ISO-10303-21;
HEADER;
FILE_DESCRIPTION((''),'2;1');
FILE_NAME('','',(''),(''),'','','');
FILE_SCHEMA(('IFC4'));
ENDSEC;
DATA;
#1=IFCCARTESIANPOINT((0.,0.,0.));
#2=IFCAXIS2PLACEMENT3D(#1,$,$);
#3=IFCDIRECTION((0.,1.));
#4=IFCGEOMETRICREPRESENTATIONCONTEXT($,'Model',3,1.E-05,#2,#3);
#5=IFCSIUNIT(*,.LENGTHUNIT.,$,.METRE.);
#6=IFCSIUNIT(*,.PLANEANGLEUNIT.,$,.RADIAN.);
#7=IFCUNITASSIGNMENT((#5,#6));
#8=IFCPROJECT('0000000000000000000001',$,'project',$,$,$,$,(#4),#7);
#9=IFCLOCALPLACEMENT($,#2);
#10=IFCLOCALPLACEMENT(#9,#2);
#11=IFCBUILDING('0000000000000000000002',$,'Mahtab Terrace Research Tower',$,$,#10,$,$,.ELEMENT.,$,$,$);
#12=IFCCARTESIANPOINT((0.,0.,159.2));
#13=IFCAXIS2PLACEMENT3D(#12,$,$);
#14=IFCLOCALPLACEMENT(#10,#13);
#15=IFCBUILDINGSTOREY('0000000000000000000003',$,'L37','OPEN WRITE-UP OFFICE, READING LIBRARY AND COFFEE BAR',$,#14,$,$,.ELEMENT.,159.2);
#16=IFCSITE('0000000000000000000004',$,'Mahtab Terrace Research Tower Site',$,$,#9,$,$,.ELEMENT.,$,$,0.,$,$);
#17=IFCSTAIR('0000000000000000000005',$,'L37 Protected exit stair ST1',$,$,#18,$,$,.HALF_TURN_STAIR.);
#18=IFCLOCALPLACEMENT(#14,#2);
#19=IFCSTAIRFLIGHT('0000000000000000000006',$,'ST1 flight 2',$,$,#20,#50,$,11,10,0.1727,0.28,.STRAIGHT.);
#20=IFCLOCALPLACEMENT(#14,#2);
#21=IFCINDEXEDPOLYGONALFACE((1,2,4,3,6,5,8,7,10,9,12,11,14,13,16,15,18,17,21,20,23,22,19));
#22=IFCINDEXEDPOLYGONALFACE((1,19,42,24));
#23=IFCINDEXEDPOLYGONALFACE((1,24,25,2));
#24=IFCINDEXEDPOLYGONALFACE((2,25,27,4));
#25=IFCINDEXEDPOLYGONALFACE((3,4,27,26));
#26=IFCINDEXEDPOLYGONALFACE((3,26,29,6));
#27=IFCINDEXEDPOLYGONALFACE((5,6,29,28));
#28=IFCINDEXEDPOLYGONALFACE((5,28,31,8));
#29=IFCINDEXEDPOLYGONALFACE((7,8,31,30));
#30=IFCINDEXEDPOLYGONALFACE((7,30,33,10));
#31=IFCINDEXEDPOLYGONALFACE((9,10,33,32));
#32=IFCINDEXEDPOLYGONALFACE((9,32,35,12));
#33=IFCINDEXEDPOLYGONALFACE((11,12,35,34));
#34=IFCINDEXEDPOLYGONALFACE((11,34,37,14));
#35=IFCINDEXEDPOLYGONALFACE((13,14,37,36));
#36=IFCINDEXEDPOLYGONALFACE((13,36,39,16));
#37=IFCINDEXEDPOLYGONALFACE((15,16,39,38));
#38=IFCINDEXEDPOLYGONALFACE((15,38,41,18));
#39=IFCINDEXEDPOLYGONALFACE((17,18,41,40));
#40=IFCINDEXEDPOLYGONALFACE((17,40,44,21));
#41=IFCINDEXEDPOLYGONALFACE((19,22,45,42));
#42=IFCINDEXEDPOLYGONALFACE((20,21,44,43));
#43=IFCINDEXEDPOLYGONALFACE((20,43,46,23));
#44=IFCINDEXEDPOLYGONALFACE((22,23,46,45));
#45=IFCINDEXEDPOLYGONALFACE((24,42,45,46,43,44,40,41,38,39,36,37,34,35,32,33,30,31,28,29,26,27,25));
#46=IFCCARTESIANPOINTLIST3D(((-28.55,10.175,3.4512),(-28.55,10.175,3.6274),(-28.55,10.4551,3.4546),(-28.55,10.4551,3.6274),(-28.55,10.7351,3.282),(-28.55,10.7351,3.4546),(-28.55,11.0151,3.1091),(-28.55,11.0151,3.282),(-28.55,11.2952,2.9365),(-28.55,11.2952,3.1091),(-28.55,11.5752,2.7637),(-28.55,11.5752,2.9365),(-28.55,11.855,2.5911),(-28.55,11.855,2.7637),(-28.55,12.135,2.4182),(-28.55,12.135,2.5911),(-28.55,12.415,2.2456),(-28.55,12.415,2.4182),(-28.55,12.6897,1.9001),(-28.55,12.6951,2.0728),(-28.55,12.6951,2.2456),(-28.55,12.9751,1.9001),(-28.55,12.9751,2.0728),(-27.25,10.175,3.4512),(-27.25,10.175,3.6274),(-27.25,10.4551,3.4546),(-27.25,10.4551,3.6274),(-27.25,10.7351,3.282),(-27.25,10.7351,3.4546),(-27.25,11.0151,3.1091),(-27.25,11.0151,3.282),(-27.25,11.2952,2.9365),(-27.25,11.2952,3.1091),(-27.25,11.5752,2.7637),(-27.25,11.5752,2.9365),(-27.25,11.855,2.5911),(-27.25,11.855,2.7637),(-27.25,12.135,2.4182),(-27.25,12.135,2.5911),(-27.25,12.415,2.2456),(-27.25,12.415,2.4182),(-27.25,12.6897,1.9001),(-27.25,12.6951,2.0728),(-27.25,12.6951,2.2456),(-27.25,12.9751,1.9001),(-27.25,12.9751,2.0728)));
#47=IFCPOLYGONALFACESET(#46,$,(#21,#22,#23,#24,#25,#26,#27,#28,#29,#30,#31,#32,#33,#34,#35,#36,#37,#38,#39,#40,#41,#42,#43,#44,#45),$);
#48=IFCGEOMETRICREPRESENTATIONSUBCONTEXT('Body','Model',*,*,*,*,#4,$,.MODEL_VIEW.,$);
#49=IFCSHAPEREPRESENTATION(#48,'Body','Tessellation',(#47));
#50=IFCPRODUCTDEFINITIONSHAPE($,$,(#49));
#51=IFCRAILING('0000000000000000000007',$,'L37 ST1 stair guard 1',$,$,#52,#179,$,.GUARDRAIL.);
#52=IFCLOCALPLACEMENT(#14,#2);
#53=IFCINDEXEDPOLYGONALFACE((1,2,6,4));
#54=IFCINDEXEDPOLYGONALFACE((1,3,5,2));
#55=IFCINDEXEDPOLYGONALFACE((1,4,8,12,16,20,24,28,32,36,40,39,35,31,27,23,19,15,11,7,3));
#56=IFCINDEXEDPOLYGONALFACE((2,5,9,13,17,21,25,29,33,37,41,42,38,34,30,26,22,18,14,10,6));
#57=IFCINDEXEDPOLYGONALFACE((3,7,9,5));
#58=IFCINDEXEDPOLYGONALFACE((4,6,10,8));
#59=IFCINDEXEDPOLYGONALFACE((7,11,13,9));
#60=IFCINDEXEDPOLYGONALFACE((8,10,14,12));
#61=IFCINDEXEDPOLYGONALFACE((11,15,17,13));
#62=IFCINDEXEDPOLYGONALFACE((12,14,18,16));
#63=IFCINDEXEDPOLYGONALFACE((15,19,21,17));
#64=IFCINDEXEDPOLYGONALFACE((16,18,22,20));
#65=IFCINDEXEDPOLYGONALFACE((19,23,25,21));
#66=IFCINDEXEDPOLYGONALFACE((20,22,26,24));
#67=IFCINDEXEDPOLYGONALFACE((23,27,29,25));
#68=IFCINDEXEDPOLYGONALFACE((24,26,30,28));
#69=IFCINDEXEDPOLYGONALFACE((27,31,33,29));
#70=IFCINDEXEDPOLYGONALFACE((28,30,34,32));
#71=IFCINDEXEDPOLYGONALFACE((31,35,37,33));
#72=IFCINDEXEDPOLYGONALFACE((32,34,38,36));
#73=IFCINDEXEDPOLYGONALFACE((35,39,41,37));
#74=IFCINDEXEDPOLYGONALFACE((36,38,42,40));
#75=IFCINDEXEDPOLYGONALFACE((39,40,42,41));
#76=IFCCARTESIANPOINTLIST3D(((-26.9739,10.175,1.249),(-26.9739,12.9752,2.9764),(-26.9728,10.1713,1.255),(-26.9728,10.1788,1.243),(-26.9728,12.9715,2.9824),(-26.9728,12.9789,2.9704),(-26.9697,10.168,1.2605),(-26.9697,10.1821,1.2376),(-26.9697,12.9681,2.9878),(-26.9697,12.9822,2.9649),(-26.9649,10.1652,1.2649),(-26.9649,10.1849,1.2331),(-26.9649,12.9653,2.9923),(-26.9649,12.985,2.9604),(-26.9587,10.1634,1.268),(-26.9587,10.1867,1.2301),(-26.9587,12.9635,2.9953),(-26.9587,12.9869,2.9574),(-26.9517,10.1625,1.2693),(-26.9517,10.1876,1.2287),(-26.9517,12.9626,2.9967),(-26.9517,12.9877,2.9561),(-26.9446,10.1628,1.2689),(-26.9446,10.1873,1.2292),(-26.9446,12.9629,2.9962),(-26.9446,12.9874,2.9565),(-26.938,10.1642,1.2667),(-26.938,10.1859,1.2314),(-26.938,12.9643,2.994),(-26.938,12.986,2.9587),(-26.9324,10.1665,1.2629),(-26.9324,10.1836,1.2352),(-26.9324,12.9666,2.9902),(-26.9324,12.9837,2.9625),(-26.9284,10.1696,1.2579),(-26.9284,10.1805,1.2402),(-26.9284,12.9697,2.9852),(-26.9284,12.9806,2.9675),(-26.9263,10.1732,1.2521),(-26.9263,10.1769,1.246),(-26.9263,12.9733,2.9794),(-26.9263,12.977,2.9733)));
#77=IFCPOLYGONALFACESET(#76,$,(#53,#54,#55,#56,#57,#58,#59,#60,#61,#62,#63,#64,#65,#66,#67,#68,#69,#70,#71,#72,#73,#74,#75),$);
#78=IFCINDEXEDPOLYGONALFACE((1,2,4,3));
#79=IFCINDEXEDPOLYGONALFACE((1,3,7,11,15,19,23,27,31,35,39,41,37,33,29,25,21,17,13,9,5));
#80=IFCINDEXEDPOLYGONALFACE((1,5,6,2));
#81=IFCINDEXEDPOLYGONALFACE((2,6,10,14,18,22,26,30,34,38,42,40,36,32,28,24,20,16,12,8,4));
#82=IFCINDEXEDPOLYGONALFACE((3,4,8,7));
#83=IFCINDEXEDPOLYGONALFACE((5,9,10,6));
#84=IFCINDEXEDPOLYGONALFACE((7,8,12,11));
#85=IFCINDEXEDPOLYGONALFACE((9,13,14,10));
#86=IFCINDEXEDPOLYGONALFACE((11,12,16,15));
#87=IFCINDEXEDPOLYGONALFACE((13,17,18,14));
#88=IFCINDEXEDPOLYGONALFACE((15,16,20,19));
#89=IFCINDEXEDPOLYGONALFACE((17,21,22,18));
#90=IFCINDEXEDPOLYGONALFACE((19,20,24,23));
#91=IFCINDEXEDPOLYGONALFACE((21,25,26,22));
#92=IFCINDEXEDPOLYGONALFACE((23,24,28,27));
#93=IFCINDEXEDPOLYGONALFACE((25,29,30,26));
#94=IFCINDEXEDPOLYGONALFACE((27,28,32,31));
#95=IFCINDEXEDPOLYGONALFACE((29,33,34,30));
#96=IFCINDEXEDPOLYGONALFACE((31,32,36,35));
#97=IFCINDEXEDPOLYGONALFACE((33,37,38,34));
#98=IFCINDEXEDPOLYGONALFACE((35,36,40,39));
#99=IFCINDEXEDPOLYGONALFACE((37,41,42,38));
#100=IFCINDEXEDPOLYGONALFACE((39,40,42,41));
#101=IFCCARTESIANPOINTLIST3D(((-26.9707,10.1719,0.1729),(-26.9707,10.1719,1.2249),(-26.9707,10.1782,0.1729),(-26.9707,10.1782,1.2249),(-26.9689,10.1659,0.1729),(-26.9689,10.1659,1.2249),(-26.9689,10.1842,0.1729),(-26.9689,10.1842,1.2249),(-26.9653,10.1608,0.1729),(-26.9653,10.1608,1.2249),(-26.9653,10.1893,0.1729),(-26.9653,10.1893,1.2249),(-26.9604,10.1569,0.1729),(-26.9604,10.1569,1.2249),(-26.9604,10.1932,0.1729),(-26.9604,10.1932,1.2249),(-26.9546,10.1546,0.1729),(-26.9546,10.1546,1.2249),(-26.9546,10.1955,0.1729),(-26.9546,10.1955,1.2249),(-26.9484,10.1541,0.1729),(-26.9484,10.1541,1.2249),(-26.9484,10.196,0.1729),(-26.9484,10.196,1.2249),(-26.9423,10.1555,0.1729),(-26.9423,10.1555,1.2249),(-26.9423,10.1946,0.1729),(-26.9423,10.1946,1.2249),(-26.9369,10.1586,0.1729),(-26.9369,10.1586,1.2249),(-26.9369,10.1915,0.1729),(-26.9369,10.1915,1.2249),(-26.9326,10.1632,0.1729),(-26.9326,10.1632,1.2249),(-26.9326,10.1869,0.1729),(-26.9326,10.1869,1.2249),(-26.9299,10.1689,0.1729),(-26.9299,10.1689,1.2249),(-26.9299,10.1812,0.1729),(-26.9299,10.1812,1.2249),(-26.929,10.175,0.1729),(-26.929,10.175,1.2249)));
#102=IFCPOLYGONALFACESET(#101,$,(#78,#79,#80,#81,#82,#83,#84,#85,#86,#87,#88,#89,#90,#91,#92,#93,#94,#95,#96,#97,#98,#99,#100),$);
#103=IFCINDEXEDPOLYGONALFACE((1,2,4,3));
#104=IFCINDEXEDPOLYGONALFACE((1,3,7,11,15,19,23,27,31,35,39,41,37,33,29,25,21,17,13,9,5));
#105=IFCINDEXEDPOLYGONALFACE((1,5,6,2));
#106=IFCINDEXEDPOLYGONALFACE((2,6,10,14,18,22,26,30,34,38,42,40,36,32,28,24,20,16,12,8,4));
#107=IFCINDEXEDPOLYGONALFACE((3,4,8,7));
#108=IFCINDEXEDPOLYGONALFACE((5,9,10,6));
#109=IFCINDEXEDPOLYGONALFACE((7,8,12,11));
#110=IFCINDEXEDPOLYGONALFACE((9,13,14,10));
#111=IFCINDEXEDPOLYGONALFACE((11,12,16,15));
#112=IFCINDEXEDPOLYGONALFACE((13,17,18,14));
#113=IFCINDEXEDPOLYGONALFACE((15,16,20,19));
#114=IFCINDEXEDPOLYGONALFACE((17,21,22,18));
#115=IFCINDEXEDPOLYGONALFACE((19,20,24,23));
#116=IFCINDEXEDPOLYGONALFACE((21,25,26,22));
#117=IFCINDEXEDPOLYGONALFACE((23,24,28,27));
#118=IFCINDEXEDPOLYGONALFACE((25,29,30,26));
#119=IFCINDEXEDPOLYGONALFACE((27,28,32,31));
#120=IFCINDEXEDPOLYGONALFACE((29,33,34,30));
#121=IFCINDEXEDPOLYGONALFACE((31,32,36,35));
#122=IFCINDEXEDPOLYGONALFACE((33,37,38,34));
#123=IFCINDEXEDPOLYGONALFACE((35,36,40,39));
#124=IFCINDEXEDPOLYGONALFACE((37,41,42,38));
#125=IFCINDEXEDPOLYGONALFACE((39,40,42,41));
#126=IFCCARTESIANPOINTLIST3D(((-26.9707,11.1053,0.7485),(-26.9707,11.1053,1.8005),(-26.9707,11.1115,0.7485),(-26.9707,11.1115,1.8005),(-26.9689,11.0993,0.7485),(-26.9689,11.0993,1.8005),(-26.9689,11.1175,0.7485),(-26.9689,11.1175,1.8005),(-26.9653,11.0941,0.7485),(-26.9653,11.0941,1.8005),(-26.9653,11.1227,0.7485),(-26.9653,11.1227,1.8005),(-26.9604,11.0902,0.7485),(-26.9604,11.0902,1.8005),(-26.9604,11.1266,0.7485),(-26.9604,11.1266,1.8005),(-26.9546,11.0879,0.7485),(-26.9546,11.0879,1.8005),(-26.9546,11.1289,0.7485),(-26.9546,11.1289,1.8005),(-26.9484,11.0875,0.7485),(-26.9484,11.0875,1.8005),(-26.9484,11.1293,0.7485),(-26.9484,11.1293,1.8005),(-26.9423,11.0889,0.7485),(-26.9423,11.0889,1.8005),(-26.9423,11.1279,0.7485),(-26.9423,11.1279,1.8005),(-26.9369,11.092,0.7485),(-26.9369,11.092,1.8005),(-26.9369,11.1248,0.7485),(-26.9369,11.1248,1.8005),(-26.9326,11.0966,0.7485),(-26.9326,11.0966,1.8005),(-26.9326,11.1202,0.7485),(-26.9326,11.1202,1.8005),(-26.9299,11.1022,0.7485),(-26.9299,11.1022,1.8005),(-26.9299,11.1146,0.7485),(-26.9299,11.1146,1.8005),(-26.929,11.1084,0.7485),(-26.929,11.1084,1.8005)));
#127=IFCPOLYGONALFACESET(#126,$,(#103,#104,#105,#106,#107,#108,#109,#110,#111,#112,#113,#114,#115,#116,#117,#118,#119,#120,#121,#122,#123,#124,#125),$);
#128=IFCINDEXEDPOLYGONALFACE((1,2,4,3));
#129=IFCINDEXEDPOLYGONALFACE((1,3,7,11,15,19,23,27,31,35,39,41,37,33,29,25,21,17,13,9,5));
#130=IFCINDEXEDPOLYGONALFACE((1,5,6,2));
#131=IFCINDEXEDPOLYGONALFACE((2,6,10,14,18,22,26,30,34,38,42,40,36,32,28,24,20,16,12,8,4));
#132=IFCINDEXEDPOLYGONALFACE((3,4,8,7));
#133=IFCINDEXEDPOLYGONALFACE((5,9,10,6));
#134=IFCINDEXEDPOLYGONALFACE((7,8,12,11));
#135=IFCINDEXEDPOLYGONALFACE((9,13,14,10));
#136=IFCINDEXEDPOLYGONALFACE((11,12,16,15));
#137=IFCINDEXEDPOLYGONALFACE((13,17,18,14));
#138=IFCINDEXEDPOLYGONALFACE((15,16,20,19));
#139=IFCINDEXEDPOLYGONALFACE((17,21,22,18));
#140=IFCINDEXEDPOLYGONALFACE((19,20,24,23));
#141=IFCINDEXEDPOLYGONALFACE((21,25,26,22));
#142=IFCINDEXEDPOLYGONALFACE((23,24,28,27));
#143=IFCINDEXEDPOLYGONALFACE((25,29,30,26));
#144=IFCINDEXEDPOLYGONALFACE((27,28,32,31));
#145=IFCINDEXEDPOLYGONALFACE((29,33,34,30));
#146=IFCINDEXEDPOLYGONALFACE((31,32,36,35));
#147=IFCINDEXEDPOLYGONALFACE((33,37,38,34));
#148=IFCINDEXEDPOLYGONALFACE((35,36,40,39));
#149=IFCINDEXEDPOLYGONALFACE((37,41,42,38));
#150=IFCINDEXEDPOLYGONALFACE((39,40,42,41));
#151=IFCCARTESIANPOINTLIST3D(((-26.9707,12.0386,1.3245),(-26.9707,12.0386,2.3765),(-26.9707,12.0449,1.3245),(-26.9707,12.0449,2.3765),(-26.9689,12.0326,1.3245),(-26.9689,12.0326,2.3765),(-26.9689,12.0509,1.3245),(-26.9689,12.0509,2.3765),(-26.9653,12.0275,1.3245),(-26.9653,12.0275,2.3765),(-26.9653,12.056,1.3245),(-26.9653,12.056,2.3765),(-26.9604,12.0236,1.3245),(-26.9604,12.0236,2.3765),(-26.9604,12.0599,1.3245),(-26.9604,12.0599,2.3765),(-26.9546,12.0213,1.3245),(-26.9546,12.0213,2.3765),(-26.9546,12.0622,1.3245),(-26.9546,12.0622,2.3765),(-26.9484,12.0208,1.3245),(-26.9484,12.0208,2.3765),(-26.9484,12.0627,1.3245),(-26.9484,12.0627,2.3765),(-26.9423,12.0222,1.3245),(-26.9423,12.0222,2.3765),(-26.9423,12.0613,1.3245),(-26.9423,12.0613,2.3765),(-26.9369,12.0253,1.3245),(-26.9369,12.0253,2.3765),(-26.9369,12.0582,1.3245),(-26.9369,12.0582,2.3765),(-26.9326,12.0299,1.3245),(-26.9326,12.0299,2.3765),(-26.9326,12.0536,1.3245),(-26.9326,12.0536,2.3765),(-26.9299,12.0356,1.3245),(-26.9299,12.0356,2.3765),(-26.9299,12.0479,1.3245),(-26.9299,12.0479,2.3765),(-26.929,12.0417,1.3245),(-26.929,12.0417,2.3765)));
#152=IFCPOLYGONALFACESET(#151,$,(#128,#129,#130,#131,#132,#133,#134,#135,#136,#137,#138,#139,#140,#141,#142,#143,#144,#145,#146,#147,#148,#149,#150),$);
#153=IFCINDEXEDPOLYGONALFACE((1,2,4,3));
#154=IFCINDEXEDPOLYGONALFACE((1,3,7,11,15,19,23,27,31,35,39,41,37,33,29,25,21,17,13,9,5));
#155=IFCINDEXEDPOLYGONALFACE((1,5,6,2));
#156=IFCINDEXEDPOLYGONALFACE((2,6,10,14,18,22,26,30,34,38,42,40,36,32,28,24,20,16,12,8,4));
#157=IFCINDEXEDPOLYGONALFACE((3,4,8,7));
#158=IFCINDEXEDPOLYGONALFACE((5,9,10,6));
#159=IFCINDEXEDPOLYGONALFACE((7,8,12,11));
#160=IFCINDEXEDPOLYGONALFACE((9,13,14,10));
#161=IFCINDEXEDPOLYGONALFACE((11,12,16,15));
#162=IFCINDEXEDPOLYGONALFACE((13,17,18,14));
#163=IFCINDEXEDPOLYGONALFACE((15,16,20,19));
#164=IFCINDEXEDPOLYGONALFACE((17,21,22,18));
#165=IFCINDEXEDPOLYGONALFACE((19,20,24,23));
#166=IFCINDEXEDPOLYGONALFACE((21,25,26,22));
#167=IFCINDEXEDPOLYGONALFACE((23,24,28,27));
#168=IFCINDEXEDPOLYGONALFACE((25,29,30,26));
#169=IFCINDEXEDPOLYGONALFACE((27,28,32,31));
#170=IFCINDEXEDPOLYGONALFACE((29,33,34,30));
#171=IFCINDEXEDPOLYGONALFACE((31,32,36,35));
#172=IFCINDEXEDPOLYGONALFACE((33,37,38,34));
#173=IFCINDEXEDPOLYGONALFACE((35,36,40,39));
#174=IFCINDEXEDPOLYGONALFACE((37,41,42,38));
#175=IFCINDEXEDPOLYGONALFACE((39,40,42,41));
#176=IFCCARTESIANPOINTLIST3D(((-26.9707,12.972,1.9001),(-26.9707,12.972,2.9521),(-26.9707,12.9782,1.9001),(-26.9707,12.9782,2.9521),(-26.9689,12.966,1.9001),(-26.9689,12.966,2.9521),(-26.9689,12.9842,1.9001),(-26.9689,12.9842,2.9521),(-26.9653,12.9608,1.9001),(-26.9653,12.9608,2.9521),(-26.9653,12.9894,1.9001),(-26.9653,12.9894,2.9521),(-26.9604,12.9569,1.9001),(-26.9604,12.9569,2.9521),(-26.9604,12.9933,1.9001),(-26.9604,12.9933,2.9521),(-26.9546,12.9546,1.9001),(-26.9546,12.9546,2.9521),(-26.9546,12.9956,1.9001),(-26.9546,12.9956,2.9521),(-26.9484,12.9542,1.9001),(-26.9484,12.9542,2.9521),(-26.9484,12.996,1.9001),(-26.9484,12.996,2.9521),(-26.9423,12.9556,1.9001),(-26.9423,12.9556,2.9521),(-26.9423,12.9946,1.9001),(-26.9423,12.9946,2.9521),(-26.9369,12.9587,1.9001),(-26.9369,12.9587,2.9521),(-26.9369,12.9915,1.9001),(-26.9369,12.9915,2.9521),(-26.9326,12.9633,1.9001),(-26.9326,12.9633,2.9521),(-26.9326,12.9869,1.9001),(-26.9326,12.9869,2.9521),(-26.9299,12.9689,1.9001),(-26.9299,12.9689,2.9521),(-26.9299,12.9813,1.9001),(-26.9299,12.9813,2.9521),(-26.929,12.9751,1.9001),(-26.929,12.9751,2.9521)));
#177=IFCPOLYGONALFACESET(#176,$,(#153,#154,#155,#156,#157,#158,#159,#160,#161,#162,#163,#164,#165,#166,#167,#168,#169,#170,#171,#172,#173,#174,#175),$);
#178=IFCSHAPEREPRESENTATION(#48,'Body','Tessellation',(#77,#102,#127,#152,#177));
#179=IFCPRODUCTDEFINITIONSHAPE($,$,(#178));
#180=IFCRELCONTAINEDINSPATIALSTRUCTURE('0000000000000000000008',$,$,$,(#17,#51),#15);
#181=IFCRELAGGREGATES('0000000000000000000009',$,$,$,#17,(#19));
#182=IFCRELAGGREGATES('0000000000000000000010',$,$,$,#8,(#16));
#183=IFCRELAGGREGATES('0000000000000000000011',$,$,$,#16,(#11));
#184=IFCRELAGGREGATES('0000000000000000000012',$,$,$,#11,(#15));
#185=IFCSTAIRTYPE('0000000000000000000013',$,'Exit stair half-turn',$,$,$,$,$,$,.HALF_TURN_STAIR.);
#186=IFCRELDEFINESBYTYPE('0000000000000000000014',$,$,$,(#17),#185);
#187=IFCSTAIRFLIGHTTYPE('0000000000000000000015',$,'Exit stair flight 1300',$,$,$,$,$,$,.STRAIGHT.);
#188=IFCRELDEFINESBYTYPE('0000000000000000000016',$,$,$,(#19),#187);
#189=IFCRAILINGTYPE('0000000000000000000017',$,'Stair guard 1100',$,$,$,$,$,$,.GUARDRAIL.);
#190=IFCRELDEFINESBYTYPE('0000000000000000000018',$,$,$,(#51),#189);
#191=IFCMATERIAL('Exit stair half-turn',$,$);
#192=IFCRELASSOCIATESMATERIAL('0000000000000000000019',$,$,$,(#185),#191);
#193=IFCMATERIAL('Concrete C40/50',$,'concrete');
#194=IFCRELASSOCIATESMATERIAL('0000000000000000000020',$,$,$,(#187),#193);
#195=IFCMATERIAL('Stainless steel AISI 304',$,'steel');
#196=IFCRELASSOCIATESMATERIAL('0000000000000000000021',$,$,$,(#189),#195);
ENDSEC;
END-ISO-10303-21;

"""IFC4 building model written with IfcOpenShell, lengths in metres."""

from ifc_helpers import new_model, si_unit, direction, frame, origin, origin_2d, place, context, subcontext, project, spatial, polyline, circle, outline, extrude, material, type_object, element, aggregate, save


model = new_model("IFC4")

# Units and contexts
model_context = context("Model", 3, precision=1e-05, world=origin(), true_north=direction((0.0, 1.0)))
body_context = subcontext(model_context, "Body", "Model", "MODEL_VIEW")
ifc_project = project(units=[si_unit("LENGTHUNIT", "METRE"), si_unit("PLANEANGLEUNIT", "RADIAN")], contexts=[model_context])

# Site, building, storey
site_placement = place(None, origin())
site = spatial("IfcSite", under=ifc_project, at=site_placement, Name="Mahtab Terrace Research Tower Site", CompositionType="ELEMENT", RefElevation=0.0)
building_placement = place(site_placement, origin())
building = spatial("IfcBuilding", under=site, at=building_placement, Name="Mahtab Terrace Research Tower", CompositionType="ELEMENT")
storey_placement = place(building_placement, frame((0.0, 0.0, 159.2)))
storey = spatial("IfcBuildingStorey", under=building, at=storey_placement, Name="L37", Description="OPEN WRITE-UP OFFICE, READING LIBRARY AND COFFEE BAR", CompositionType="ELEMENT", Elevation=159.2)

# Stair, stair flight
ifc_material_1 = material(Name="Exit stair half-turn")
stair_type = type_object("IfcStairType", Name="Exit stair half-turn", PredefinedType="HALF_TURN_STAIR", material=ifc_material_1)
stair_placement = place(storey_placement, origin())
stair = element("IfcStair", 1, at=stair_placement, inside=storey, type_object=stair_type, Name="L37 Protected exit stair ST1", PredefinedType="HALF_TURN_STAIR")
ifc_material_2 = material(Name="Concrete C40/50", Category="concrete")
stair_flight_type = type_object("IfcStairFlightType", Name="Exit stair flight 1300", PredefinedType="STRAIGHT", material=ifc_material_2)
stair_flight_1_placement = place(storey_placement, frame((-27.8999, 12.9751, 1.9001), z_axis=(0.0, 0.0, 1.0), x_axis=(0.0, -1.0, 0.0)))
stair_flight_1 = element("IfcStairFlight", 2, at=stair_flight_1_placement, type_object=stair_flight_type, Name="ST1 flight 2", NumberOfRisers=11, NumberOfTreads=10, PredefinedType="STRAIGHT", RiserHeight=0.1727, TreadLength=0.28, context=body_context, shape_type="SweptSolid", body=[
    extrude(outline(polyline([(0.0, 0.0), (0.0, 0.1726), (0.28, 0.1726), (0.28, 0.3455), (0.5601, 0.3455), (0.5601, 0.5181), (0.8401, 0.5181), (0.8401, 0.6909), (1.1201, 0.6909), (1.1201, 0.8635), (1.3999, 0.8635), (1.3999, 1.0364), (1.6799, 1.0364), (1.6799, 1.209), (1.96, 1.209), (1.96, 1.3818), (2.24, 1.3818), (2.24, 1.5544), (2.52, 1.5544), (2.52, 1.7273), (2.8, 1.7273), (2.8, 1.8999), (2.8, 1.551), (0.2854, 0.0), (0.0, 0.0)])), frame((0.0, 0.6499, 0.0), z_axis=(0.0, -1.0, 0.0), x_axis=(1.0, 0.0, 0.0)), (0.0, 0.0, 1.0), 1.3),
])
aggregate(stair, [stair_flight_1])

# Railing
ifc_material_3 = material(Name="Stainless steel AISI 304", Category="steel")
railing_type_1 = type_object("IfcRailingType", Name="Stair guard 1100", PredefinedType="GUARDRAIL", material=ifc_material_3)
railing_1_placement = place(storey_placement, frame((-26.95, 10.175, 0.1729)))
element("IfcRailing", 3, at=railing_1_placement, inside=storey, type_object=railing_type_1, Name="L37 ST1 stair guard 1", PredefinedType="GUARDRAIL", context=body_context, shape_type="SweptSolid", body=[
    extrude(circle(Radius=0.0239, at=origin_2d()), frame((0.0, 0.0, 1.0762), z_axis=(0.0, 0.85109, 0.52502), x_axis=(-1.0, 0.0, 0.0)), (0.0, 0.0, 1.0), 3.29),
    extrude(circle(Radius=0.021, at=origin_2d()), origin(), (0.0, 0.0, 1.0), 1.052),
    extrude(circle(Radius=0.021, at=origin_2d()), frame((0.0, 0.9333, 0.5757)), (0.0, 0.0, 1.0), 1.052),
    extrude(circle(Radius=0.021, at=origin_2d()), frame((0.0, 1.8667, 1.1516)), (0.0, 0.0, 1.0), 1.052),
    extrude(circle(Radius=0.021, at=origin_2d()), frame((0.0, 2.8, 1.7273)), (0.0, 0.0, 1.0), 1.052),
])

save(model, "model.ifc")
